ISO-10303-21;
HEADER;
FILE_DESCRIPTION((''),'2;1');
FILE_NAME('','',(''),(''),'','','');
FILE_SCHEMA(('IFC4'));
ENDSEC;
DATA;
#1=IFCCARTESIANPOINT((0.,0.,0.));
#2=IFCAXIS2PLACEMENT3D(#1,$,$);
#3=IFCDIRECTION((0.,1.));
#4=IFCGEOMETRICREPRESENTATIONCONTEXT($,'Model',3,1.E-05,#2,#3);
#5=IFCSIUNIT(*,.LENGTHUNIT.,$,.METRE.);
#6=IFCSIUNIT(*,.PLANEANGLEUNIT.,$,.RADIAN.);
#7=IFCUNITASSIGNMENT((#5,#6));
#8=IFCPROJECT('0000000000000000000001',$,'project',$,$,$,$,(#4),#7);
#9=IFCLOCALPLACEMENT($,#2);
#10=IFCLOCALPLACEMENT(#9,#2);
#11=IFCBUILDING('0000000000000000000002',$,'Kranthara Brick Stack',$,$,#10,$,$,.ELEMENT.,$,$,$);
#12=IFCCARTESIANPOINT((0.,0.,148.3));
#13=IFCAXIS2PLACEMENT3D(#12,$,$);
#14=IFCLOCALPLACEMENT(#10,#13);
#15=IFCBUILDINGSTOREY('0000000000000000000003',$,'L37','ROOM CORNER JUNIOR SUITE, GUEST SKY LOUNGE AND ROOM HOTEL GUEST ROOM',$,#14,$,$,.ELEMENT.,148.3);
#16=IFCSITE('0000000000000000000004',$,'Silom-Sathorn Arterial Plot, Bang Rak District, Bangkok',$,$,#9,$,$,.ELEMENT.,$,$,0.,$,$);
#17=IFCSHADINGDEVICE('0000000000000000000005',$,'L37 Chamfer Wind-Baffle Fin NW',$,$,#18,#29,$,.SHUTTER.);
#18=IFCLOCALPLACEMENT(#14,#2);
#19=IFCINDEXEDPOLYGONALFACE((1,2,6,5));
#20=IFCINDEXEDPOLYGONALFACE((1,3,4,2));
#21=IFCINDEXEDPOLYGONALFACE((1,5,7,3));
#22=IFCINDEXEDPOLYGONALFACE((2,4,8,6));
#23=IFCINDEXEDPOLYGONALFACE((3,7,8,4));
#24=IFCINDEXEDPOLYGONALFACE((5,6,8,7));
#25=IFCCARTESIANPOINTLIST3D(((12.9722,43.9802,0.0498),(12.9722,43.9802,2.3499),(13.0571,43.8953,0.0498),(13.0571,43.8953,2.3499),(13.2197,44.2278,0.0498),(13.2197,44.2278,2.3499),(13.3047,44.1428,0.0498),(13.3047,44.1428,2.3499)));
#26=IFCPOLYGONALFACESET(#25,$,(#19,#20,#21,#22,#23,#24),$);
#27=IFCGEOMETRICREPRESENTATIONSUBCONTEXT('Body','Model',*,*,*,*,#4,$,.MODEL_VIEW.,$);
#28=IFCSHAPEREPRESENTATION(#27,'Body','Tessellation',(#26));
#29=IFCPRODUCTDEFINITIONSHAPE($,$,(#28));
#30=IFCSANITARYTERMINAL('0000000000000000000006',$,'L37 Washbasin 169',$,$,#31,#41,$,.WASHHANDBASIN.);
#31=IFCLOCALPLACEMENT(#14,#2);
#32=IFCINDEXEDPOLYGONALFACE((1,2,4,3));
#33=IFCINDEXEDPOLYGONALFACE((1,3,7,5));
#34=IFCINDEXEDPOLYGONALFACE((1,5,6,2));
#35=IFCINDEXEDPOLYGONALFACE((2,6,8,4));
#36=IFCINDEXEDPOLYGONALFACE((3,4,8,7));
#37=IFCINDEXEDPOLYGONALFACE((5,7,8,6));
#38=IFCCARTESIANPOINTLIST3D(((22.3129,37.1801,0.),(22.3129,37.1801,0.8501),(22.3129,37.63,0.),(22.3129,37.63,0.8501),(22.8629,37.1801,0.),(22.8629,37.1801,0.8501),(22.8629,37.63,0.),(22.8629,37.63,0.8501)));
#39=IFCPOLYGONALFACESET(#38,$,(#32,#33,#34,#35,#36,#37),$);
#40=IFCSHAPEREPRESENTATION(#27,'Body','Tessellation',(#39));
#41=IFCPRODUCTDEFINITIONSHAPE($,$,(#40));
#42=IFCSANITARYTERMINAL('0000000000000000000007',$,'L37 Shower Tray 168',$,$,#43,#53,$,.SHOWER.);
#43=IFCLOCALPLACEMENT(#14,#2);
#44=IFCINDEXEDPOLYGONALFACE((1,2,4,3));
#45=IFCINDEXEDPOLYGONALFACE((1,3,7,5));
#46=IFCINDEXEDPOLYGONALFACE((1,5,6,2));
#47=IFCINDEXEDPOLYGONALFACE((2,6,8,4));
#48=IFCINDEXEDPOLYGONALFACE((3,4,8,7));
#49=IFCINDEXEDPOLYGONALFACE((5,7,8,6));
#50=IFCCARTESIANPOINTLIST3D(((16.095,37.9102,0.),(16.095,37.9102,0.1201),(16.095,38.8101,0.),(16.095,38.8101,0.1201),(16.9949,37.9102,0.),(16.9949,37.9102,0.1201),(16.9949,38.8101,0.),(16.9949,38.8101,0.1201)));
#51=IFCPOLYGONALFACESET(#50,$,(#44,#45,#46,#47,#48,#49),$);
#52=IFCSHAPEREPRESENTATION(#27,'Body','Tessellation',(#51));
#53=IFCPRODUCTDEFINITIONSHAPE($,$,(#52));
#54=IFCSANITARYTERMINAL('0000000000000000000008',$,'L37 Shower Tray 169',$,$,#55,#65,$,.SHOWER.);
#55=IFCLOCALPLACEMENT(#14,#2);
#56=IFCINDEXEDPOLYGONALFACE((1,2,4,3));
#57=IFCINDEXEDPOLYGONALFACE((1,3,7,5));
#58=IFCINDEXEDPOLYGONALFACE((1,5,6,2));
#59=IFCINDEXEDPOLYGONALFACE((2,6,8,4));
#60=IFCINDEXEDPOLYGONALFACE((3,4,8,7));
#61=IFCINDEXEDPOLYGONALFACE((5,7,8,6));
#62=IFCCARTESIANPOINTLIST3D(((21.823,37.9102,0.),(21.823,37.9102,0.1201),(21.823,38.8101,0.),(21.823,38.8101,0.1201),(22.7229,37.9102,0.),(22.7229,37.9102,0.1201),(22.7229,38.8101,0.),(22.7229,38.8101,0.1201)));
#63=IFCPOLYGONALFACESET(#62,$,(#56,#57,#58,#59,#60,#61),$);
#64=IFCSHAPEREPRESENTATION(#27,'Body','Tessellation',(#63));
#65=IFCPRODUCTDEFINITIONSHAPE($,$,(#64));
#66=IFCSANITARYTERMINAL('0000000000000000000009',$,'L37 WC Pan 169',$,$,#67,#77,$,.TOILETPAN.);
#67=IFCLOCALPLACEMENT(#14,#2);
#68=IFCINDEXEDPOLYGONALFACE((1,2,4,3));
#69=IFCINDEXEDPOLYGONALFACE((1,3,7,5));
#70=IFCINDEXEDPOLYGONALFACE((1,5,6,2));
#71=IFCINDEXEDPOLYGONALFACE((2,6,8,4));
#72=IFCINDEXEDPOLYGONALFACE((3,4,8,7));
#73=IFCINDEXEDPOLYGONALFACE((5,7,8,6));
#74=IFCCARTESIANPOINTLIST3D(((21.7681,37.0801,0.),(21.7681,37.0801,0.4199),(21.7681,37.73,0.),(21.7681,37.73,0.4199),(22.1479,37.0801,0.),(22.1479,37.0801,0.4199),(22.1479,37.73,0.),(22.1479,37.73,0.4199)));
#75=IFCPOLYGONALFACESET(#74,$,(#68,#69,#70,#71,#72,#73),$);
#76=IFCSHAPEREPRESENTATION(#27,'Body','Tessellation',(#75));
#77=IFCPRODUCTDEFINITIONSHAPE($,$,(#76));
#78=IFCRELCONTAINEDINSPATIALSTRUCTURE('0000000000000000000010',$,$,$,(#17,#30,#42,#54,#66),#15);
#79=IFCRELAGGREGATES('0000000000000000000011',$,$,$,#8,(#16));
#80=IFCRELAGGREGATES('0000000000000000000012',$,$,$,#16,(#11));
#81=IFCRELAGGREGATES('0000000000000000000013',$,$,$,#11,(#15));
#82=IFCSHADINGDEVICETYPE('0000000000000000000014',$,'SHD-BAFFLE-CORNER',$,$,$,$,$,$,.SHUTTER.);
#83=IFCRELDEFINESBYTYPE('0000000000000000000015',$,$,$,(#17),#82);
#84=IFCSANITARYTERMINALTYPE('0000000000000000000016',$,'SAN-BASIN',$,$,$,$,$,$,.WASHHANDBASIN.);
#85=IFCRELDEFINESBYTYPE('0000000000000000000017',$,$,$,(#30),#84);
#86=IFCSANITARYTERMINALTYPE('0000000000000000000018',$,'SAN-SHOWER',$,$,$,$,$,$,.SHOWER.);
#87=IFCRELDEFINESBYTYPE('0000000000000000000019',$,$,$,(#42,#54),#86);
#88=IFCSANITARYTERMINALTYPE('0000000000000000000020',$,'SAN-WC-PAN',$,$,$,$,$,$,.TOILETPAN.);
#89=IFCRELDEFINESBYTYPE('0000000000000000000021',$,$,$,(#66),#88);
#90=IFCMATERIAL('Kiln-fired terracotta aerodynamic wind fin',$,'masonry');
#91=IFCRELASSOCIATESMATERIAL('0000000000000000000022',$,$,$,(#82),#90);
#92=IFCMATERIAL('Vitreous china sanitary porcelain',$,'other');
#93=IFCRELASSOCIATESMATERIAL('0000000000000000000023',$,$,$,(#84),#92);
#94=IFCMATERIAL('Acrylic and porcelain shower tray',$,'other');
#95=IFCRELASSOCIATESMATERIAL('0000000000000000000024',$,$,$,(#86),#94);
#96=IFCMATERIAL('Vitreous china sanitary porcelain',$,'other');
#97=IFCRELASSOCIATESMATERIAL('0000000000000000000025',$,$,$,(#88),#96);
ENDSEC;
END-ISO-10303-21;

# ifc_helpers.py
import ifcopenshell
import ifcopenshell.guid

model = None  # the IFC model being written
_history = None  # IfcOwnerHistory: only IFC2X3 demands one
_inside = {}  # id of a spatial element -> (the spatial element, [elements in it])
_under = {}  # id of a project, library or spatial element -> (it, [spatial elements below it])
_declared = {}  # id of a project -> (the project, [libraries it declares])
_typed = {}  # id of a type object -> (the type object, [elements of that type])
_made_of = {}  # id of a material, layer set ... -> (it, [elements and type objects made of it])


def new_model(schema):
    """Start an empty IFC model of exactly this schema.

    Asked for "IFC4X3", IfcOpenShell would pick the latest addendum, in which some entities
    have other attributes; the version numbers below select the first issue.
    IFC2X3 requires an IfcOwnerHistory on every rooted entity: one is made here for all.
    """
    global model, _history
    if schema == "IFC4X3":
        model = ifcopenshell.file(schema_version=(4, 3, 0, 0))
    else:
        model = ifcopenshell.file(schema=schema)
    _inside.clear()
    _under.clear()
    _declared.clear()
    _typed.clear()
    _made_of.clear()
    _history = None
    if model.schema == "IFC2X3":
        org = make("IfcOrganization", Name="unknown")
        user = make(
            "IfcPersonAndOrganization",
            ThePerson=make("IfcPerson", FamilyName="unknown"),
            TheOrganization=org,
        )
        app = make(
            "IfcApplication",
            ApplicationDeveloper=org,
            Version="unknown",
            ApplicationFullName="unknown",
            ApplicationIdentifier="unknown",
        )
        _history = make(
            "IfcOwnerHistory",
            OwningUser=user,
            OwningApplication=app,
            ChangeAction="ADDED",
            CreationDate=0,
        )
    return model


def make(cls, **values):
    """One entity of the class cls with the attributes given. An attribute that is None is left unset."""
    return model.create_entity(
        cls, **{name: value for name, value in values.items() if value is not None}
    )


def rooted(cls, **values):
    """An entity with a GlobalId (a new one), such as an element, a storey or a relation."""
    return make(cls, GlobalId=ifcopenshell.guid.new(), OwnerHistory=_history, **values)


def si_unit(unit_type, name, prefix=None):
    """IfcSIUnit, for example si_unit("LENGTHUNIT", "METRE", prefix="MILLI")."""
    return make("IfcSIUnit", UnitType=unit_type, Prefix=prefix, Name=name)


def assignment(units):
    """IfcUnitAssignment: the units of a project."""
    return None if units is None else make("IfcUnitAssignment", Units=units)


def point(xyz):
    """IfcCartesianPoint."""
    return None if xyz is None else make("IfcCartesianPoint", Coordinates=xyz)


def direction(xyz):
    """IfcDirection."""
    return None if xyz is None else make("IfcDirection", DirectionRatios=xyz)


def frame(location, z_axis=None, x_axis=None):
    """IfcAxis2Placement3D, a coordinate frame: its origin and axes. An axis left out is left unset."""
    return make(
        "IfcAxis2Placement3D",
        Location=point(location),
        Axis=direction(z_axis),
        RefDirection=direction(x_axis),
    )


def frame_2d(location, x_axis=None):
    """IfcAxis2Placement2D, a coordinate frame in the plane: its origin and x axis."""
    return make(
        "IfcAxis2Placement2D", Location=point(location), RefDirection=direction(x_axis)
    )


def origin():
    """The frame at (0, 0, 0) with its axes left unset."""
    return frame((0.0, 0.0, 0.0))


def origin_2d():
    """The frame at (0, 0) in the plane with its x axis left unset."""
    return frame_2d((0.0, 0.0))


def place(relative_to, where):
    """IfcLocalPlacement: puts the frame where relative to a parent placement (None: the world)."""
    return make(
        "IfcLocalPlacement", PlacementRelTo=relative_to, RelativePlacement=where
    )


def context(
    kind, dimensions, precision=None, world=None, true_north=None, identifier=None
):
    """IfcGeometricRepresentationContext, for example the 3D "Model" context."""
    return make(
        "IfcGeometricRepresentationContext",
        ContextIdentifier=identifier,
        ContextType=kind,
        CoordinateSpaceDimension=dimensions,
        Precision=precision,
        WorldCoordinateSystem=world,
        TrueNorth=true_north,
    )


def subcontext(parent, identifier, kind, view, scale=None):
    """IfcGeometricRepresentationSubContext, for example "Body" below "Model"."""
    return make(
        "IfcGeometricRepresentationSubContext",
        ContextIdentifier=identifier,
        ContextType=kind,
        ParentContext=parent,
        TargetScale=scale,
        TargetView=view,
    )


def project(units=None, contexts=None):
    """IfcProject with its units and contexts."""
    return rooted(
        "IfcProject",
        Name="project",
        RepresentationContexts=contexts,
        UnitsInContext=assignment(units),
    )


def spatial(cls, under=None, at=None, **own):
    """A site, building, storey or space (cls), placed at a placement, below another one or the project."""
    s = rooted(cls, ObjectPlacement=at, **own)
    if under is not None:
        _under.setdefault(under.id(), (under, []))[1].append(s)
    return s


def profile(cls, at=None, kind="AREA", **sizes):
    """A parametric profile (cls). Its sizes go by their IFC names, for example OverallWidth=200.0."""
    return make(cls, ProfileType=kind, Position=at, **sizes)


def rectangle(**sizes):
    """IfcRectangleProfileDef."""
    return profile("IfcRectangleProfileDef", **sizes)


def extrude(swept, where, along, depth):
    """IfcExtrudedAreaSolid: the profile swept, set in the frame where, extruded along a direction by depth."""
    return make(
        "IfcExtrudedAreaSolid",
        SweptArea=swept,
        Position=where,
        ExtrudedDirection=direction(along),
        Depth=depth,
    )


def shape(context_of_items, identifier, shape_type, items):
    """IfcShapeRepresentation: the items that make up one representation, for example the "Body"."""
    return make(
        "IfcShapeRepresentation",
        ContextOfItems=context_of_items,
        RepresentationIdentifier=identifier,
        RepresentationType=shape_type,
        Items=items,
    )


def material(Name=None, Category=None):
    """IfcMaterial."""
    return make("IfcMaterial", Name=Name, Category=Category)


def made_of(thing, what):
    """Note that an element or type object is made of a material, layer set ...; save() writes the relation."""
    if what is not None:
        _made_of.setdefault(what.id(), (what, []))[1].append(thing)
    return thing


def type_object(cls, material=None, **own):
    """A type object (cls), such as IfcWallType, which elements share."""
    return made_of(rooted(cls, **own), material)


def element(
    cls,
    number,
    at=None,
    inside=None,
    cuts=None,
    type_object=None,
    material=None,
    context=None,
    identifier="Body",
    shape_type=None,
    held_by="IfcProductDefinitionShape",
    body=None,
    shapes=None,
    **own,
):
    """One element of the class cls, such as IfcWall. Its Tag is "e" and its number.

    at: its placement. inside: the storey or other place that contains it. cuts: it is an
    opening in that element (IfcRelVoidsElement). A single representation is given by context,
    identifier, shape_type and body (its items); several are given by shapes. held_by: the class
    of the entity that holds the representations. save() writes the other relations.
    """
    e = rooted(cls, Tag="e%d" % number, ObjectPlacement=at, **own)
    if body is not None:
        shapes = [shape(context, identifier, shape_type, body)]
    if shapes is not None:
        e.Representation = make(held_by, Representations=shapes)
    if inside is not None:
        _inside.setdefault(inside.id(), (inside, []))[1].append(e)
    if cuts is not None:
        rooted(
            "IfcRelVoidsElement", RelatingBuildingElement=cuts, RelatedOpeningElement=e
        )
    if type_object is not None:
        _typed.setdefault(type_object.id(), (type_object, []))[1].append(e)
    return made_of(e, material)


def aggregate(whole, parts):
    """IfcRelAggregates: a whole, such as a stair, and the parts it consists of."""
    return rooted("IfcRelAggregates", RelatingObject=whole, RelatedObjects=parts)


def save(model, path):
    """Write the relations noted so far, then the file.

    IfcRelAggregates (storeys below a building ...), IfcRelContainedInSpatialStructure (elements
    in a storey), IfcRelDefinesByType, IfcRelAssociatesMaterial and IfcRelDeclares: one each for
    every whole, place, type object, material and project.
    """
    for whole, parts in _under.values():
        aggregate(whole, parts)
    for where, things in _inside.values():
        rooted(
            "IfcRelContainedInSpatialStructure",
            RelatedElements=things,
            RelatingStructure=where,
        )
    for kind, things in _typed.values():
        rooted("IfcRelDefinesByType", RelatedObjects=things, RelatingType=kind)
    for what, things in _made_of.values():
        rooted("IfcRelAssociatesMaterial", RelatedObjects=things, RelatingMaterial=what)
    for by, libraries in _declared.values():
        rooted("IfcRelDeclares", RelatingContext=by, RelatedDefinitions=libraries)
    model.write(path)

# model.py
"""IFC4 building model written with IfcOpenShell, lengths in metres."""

from ifc_helpers import new_model, si_unit, direction, frame, origin, origin_2d, place, context, subcontext, project, spatial, rectangle, extrude, material, type_object, element, save


model = new_model("IFC4")

# Units and contexts
model_context = context("Model", 3, precision=1e-05, world=origin(), true_north=direction((0.0, 1.0)))
body_context = subcontext(model_context, "Body", "Model", "MODEL_VIEW")
ifc_project = project(units=[si_unit("LENGTHUNIT", "METRE"), si_unit("PLANEANGLEUNIT", "RADIAN")], contexts=[model_context])

# Site, building, storey
site_placement = place(None, origin())
site = spatial("IfcSite", under=ifc_project, at=site_placement, Name="Silom-Sathorn Arterial Plot, Bang Rak District, Bangkok", CompositionType="ELEMENT", RefElevation=0.0)
building_placement = place(site_placement, origin())
building = spatial("IfcBuilding", under=site, at=building_placement, Name="Kranthara Brick Stack", CompositionType="ELEMENT")
storey_placement = place(building_placement, frame((0.0, 0.0, 148.3)))
storey = spatial("IfcBuildingStorey", under=building, at=storey_placement, Name="L37", Description="ROOM CORNER JUNIOR SUITE, GUEST SKY LOUNGE AND ROOM HOTEL GUEST ROOM", CompositionType="ELEMENT", Elevation=148.3)

# Shading device
ifc_material_1 = material(Name="Kiln-fired terracotta aerodynamic wind fin", Category="masonry")
shading_device_type = type_object("IfcShadingDeviceType", Name="SHD-BAFFLE-CORNER", PredefinedType="SHUTTER", material=ifc_material_1)
shading_device_placement = place(storey_placement, frame((13.1384, 44.0615, 0.0498), z_axis=(0.0, 0.0, 1.0), x_axis=(0.707107, 0.707107, 0.0)))
element("IfcShadingDevice", 1, at=shading_device_placement, inside=storey, type_object=shading_device_type, Name="L37 Chamfer Wind-Baffle Fin NW", PredefinedType="SHUTTER", context=body_context, shape_type="SweptSolid", body=[
    extrude(rectangle(XDim=0.3501, YDim=0.1201, at=origin_2d()), origin(), (0.0, 0.0, 1.0), 2.3),
])

# Sanitary terminals
ifc_material_2 = material(Name="Vitreous china sanitary porcelain", Category="other")
sanitary_terminal_type_1 = type_object("IfcSanitaryTerminalType", Name="SAN-BASIN", PredefinedType="WASHHANDBASIN", material=ifc_material_2)
sanitary_terminal_1_placement = place(storey_placement, frame((22.5879, 37.405, 0.0), z_axis=(0.0, 0.0, 1.0), x_axis=(1.0, 0.0, 0.0)))
element("IfcSanitaryTerminal", 2, at=sanitary_terminal_1_placement, inside=storey, type_object=sanitary_terminal_type_1, Name="L37 Washbasin 169", PredefinedType="WASHHANDBASIN", context=body_context, shape_type="SweptSolid", body=[
    extrude(rectangle(XDim=0.55, YDim=0.45, at=origin_2d()), origin(), (0.0, 0.0, 1.0), 0.8501),
])
ifc_material_3 = material(Name="Acrylic and porcelain shower tray", Category="other")
sanitary_terminal_type_2 = type_object("IfcSanitaryTerminalType", Name="SAN-SHOWER", PredefinedType="SHOWER", material=ifc_material_3)
for number, where, z_axis, x_axis, name in (
    (3, (16.5449, 38.3601, 0.0), (0.0, 0.0, 1.0), (1.0, 0.0, 0.0), "L37 Shower Tray 168"),
    (4, (22.2729, 38.3601, 0.0), (0.0, 0.0, 1.0), (1.0, 0.0, 0.0), "L37 Shower Tray 169"),
):
    element("IfcSanitaryTerminal", number, at=place(storey_placement, frame(where, z_axis=z_axis, x_axis=x_axis)), inside=storey, type_object=sanitary_terminal_type_2, Name=name, PredefinedType="SHOWER", context=body_context, shape_type="SweptSolid", body=[
        extrude(rectangle(XDim=0.8999, YDim=0.8999, at=origin_2d()), origin(), (0.0, 0.0, 1.0), 0.1201),
    ])
ifc_material_4 = material(Name="Vitreous china sanitary porcelain", Category="other")
sanitary_terminal_type_3 = type_object("IfcSanitaryTerminalType", Name="SAN-WC-PAN", PredefinedType="TOILETPAN", material=ifc_material_4)
sanitary_terminal_2_placement = place(storey_placement, frame((21.958, 37.405, 0.0), z_axis=(0.0, 0.0, 1.0), x_axis=(1.0, 0.0, 0.0)))
element("IfcSanitaryTerminal", 5, at=sanitary_terminal_2_placement, inside=storey, type_object=sanitary_terminal_type_3, Name="L37 WC Pan 169", PredefinedType="TOILETPAN", context=body_context, shape_type="SweptSolid", body=[
    extrude(rectangle(XDim=0.3799, YDim=0.6499, at=origin_2d()), origin(), (0.0, 0.0, 1.0), 0.4199),
])

save(model, "model.ifc")
